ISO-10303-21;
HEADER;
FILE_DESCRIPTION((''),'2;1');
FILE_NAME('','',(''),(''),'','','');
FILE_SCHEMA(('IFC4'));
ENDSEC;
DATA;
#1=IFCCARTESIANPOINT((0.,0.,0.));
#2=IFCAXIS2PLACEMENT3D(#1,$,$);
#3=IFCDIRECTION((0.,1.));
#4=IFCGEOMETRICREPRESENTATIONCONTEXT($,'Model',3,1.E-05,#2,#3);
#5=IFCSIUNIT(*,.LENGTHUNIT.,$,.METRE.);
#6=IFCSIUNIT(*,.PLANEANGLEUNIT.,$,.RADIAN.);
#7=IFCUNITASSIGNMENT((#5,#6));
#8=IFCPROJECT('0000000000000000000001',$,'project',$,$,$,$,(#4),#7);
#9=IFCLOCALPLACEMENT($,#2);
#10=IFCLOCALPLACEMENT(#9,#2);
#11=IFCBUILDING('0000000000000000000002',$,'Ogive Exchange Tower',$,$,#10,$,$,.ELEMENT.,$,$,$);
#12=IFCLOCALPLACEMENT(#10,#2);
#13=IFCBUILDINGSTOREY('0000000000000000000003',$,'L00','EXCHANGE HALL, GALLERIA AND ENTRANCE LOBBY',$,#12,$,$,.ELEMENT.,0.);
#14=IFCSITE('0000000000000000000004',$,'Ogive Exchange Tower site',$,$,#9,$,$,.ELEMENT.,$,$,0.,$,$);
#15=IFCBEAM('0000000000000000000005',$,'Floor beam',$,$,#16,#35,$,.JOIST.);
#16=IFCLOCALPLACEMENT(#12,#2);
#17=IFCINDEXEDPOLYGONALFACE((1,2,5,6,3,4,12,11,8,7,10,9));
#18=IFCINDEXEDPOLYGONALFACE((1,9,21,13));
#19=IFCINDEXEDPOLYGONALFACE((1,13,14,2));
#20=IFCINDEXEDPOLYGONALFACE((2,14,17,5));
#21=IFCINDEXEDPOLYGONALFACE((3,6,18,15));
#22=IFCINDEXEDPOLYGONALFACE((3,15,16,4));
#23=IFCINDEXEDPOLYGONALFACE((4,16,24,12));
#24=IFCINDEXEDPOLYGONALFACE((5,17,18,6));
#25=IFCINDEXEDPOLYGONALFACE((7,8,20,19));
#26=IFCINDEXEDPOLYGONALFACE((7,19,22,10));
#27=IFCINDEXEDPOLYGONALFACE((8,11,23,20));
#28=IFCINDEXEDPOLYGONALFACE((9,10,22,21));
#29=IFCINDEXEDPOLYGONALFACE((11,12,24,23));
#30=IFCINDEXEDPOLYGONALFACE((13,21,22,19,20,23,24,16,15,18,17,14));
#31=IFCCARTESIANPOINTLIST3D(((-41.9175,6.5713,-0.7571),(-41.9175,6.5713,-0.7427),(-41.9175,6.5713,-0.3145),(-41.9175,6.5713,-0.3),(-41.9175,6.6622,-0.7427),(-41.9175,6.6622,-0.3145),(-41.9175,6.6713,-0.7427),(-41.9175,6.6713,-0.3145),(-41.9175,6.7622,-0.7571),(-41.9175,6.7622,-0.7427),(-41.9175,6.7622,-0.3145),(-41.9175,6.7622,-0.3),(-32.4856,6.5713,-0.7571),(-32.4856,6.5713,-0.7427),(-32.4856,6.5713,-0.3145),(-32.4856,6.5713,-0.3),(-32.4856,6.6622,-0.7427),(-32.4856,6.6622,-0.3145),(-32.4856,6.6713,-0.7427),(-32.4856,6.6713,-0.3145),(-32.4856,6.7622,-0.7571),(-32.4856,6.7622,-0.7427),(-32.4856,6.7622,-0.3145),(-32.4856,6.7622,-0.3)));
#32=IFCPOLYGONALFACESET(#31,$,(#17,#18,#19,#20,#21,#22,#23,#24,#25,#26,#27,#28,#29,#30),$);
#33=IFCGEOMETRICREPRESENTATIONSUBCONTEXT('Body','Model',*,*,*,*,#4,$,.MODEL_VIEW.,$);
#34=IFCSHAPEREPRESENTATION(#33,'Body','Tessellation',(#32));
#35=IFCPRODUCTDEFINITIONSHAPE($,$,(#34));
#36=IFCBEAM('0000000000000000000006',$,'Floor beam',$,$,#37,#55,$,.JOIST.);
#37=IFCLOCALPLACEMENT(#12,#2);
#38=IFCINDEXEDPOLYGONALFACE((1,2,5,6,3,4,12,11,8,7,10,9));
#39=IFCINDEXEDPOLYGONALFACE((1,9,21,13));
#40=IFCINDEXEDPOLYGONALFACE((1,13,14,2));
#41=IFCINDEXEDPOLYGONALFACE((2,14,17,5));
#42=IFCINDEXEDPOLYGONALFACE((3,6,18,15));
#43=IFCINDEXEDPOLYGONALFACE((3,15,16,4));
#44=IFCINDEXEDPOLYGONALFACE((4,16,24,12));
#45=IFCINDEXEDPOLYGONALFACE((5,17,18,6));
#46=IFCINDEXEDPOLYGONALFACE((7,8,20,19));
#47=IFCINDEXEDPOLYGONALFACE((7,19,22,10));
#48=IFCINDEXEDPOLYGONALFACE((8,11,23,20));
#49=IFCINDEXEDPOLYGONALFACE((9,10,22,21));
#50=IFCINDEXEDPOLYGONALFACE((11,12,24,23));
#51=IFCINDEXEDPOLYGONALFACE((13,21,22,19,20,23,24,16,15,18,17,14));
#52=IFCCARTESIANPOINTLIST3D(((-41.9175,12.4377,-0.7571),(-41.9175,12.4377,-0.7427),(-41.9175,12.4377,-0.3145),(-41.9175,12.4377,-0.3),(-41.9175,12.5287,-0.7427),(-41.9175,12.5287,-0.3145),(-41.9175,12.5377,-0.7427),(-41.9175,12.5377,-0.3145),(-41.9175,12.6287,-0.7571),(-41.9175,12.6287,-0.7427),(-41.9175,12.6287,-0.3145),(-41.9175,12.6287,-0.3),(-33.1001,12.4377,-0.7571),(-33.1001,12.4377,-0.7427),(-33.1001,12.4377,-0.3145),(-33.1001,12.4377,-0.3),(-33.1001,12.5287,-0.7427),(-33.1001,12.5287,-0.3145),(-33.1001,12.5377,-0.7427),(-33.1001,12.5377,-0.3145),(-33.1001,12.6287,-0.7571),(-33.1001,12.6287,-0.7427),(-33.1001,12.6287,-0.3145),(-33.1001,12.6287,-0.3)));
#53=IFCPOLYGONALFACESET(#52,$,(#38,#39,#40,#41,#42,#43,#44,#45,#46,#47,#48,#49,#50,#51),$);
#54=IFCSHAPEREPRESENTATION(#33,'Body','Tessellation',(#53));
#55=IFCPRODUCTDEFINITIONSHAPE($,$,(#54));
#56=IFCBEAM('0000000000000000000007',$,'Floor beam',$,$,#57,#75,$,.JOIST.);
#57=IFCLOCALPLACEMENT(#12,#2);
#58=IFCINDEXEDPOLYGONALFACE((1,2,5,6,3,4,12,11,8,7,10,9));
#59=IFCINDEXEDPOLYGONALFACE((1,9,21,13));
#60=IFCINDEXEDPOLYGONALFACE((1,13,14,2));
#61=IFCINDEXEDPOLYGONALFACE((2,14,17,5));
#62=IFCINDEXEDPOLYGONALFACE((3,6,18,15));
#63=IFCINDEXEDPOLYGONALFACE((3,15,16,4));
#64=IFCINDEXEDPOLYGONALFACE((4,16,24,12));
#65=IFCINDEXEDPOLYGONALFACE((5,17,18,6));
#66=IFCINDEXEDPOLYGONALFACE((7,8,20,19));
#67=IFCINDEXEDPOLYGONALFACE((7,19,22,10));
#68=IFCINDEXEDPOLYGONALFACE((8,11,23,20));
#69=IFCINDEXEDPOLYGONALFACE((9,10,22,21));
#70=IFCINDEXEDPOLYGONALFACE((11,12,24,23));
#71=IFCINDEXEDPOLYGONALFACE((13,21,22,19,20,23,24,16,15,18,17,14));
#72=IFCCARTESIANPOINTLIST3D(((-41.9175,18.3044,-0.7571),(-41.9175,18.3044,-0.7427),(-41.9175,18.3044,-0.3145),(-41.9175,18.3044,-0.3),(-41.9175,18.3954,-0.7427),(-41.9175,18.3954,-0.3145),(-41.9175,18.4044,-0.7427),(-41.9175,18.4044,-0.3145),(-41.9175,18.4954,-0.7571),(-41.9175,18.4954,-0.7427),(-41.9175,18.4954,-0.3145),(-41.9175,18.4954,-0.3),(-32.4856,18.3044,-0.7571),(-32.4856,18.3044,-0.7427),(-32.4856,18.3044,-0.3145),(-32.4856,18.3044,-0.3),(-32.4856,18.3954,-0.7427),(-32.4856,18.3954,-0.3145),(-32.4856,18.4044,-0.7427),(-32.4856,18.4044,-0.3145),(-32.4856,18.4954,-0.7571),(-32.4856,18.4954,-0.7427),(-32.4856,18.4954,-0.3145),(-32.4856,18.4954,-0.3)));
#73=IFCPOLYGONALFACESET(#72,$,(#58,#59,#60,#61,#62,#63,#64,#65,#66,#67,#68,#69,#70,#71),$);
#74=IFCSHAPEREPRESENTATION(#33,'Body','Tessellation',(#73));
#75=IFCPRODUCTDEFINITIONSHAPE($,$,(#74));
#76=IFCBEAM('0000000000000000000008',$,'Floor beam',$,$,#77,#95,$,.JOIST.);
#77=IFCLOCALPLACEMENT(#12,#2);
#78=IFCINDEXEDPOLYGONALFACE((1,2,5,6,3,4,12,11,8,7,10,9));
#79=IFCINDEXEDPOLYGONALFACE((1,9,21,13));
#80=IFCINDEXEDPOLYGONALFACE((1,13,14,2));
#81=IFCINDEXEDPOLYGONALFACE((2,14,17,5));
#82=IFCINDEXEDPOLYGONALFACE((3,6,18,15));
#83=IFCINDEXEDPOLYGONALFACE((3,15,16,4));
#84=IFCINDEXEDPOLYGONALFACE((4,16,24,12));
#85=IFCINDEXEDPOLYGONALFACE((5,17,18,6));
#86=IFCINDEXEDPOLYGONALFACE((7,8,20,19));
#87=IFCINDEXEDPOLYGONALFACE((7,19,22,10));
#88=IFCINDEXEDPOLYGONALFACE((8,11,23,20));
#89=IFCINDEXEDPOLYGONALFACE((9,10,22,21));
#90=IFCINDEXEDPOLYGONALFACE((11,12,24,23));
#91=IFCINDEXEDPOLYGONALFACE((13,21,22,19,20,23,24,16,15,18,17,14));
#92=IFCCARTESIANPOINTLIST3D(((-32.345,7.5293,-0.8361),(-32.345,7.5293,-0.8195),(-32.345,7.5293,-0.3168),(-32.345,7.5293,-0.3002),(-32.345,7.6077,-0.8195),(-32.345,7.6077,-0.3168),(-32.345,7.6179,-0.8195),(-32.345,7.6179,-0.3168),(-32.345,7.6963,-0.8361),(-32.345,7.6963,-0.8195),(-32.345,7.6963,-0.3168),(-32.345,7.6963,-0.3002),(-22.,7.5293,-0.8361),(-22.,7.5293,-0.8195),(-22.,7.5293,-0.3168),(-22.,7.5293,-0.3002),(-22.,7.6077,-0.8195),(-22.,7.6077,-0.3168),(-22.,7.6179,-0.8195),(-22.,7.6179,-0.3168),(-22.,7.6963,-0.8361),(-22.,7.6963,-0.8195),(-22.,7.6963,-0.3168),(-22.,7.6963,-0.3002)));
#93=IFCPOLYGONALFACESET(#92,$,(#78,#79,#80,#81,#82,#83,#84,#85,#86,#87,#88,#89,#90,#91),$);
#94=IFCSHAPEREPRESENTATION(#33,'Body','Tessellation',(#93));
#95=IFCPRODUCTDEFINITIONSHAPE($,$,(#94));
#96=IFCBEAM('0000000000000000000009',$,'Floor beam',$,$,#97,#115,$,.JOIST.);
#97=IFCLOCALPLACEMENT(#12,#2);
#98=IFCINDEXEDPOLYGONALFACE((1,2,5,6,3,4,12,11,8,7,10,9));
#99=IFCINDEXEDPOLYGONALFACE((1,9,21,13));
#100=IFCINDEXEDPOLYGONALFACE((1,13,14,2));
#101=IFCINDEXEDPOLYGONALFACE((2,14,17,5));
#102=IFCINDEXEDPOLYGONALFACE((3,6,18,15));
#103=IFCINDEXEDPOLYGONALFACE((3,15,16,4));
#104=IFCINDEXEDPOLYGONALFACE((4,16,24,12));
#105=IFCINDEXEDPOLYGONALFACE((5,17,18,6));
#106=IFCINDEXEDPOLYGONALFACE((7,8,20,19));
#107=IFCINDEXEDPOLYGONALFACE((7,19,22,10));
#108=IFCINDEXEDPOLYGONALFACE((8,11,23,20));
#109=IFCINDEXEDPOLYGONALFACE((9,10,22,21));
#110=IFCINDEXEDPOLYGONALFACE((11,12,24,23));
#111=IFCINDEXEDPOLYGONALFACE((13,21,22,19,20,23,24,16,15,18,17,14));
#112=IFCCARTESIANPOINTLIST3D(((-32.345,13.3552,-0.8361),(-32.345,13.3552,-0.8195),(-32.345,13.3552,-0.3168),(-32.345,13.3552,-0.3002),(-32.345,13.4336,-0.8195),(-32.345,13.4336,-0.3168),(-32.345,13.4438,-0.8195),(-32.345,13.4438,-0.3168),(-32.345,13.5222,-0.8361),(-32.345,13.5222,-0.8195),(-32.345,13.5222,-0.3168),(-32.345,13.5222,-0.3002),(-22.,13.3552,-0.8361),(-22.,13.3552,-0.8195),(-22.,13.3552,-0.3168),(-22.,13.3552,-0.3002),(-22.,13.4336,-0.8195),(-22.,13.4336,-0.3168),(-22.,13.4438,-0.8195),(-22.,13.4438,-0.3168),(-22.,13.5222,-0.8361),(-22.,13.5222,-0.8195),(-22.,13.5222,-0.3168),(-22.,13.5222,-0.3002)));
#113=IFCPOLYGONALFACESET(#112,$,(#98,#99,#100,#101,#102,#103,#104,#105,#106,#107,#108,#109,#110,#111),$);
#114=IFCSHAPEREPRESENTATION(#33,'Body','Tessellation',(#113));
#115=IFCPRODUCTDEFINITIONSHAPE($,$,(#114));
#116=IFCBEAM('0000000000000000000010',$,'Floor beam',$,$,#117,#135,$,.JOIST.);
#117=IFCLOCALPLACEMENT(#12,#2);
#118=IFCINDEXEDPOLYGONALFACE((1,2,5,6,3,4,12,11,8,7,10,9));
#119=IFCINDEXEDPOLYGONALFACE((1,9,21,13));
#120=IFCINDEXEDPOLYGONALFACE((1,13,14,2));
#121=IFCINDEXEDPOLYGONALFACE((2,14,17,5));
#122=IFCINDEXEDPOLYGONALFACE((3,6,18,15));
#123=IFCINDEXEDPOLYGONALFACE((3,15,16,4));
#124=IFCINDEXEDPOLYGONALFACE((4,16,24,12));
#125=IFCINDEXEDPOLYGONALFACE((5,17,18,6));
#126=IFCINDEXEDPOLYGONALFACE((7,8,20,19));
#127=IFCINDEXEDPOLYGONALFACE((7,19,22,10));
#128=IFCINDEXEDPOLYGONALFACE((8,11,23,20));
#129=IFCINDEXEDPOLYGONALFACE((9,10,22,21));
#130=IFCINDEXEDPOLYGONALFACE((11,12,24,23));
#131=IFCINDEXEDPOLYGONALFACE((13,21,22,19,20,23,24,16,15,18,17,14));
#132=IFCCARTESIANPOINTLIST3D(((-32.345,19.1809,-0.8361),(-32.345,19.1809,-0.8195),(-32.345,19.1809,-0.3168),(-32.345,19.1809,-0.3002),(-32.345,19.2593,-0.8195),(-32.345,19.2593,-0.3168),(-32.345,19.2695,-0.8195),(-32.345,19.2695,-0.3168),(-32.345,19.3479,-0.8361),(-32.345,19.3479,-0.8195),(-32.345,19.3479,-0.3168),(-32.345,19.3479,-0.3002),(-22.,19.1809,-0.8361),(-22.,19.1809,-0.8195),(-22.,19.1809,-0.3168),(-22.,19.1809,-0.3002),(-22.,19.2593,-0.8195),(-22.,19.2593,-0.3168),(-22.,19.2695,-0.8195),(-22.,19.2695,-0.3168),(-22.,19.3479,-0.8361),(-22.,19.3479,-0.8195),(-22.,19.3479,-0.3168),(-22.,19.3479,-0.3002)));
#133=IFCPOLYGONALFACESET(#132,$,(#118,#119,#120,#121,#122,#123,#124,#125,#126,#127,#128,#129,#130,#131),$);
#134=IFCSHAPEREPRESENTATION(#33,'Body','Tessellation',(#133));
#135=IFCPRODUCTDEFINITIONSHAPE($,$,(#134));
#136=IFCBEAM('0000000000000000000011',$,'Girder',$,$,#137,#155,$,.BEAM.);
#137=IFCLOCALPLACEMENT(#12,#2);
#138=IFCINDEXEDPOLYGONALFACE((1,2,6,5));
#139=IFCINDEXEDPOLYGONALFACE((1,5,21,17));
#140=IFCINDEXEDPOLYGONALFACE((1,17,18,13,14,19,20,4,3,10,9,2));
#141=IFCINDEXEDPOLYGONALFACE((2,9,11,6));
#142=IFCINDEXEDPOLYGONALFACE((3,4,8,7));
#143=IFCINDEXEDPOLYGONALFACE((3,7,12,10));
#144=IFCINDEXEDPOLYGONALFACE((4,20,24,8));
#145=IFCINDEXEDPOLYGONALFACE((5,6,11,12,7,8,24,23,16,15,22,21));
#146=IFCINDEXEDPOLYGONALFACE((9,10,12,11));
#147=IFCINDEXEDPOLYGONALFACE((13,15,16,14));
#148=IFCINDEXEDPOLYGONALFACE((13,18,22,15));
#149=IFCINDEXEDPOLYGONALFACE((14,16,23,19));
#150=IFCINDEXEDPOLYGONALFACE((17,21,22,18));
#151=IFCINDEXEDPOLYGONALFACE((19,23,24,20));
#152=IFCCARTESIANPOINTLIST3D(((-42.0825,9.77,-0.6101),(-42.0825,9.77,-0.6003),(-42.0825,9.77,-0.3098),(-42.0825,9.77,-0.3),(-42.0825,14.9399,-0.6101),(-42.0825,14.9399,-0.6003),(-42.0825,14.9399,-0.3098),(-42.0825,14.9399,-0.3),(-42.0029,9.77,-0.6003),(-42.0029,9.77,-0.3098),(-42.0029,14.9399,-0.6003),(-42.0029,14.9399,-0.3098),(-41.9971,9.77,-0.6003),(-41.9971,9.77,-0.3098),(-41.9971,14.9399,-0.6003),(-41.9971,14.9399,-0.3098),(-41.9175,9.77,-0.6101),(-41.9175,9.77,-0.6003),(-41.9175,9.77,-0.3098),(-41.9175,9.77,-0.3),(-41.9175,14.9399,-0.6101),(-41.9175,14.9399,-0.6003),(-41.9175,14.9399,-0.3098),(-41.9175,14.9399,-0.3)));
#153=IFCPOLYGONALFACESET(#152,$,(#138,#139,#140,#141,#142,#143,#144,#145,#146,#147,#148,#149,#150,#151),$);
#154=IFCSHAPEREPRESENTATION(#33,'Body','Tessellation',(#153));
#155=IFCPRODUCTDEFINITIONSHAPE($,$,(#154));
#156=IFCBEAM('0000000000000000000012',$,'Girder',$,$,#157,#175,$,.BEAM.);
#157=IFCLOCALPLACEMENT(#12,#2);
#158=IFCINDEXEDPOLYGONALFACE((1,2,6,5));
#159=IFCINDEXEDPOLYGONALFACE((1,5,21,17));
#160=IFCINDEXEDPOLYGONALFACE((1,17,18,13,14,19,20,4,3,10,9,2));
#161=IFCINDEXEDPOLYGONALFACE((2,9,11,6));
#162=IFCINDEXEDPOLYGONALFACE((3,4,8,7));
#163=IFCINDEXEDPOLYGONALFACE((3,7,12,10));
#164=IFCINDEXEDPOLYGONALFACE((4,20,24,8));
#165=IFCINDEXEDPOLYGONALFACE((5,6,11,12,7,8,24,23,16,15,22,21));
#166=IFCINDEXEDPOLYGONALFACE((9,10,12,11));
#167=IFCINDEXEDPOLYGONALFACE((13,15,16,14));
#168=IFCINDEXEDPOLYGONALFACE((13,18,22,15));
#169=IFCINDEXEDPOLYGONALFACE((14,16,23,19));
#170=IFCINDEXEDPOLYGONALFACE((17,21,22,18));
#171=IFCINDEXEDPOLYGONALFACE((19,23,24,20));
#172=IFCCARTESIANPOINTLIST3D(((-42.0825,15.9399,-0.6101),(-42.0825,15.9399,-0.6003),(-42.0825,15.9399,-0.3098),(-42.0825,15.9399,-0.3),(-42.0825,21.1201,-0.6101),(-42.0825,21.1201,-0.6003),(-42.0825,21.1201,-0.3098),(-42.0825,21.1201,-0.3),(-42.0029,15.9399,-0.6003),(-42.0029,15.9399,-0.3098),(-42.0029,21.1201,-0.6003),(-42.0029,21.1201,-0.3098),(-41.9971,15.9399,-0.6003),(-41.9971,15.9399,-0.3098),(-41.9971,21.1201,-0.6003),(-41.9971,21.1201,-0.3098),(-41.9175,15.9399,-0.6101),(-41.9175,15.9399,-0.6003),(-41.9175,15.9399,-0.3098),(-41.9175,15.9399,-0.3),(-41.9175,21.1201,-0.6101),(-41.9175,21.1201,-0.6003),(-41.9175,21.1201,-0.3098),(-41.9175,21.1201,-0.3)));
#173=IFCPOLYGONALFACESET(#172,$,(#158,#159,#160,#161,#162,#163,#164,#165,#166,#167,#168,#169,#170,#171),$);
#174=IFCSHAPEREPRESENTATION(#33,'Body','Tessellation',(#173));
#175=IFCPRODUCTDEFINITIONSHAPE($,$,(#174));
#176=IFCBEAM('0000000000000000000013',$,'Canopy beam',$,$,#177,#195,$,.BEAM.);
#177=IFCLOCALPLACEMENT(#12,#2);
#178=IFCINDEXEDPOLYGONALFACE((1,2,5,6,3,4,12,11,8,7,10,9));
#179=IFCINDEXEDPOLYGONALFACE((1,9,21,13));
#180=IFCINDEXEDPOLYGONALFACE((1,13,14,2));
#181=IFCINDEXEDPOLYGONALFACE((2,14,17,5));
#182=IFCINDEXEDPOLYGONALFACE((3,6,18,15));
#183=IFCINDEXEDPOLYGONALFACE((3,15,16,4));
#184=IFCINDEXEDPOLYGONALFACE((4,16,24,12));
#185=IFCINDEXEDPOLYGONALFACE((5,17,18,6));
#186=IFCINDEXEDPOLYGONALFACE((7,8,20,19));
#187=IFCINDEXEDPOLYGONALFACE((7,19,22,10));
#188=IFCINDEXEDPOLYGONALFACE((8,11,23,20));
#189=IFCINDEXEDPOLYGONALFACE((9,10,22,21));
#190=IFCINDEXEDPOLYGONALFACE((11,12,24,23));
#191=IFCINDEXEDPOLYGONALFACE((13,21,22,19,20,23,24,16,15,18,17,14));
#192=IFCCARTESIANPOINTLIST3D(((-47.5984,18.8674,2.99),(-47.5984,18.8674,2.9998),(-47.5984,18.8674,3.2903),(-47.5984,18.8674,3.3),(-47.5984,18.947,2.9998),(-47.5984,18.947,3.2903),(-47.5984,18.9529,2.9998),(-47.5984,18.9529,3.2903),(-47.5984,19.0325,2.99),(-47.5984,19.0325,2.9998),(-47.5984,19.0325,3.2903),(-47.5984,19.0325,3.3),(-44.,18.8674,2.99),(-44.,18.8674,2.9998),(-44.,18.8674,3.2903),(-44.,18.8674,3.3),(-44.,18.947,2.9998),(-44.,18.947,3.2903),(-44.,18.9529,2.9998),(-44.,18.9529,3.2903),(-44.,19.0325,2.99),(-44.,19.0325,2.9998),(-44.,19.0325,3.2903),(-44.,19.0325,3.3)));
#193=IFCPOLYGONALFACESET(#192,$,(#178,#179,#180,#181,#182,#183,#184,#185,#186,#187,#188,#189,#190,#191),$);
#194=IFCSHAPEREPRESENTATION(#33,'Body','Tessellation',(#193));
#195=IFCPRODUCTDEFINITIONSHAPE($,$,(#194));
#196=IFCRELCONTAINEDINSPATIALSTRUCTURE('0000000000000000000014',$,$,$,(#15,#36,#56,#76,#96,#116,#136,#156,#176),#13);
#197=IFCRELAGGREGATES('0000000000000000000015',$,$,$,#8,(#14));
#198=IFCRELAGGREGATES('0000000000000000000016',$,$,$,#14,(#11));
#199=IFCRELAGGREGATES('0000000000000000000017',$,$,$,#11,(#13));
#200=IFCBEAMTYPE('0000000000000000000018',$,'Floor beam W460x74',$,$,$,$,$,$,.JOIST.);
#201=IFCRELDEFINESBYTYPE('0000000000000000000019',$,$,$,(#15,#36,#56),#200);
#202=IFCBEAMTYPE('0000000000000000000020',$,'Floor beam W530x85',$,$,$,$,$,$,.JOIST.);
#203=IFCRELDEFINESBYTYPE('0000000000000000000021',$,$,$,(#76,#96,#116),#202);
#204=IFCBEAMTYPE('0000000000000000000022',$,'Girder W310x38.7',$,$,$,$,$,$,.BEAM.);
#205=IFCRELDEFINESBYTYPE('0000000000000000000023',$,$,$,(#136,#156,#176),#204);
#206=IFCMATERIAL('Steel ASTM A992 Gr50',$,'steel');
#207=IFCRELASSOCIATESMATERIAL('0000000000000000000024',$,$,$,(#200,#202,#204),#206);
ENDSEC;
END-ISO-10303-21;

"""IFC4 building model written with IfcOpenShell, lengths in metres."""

from ifc_helpers import new_model, si_unit, direction, frame, origin, origin_2d, place, context, subcontext, project, spatial, i_section, extrude, material, material_profile, profile_set, type_object, element, save


model = new_model("IFC4")

# Units and contexts
model_context = context("Model", 3, precision=1e-05, world=origin(), true_north=direction((0.0, 1.0)))
body_context = subcontext(model_context, "Body", "Model", "MODEL_VIEW")
ifc_project = project(units=[si_unit("LENGTHUNIT", "METRE"), si_unit("PLANEANGLEUNIT", "RADIAN")], contexts=[model_context])

# Site, building, storey
site_placement = place(None, origin())
site = spatial("IfcSite", under=ifc_project, at=site_placement, Name="Ogive Exchange Tower site", CompositionType="ELEMENT", RefElevation=0.0)
building_placement = place(site_placement, origin())
building = spatial("IfcBuilding", under=site, at=building_placement, Name="Ogive Exchange Tower", CompositionType="ELEMENT")
storey_placement = place(building_placement, origin())
storey = spatial("IfcBuildingStorey", under=building, at=storey_placement, Name="L00", Description="EXCHANGE HALL, GALLERIA AND ENTRANCE LOBBY", CompositionType="ELEMENT", Elevation=0.0)

# Beams
ifc_material_1 = material(Name="Steel ASTM A992 Gr50", Category="steel")
ifc_material_profile_1 = material_profile(ifc_material_1, i_section(OverallWidth=0.1909, OverallDepth=0.457, WebThickness=0.009, FlangeThickness=0.0144, at=origin_2d()), Name="W460x74")
ifc_profile_set_1 = profile_set([ifc_material_profile_1], Name="Steel ASTM A992 Gr50")
beam_type_1 = type_object("IfcBeamType", Name="Floor beam W460x74", PredefinedType="JOIST", material=ifc_profile_set_1)
beam_1_placement = place(storey_placement, frame((-41.9175, 6.6667, -0.5286), z_axis=(1.0, 0.0, 0.0), x_axis=(0.0, 1.0, 0.0)))
element("IfcBeam", 1, at=beam_1_placement, inside=storey, type_object=beam_type_1, Name="Floor beam", PredefinedType="JOIST", context=body_context, shape_type="SweptSolid", body=[
    extrude(i_section(OverallWidth=0.1909, OverallDepth=0.457, WebThickness=0.009, FlangeThickness=0.0144, at=origin_2d()), origin(), (0.0, 0.0, 1.0), 9.4319),
])
beam_2_placement = place(storey_placement, frame((-41.9175, 12.5332, -0.5286), z_axis=(1.0, 0.0, 0.0), x_axis=(0.0, 1.0, 0.0)))
element("IfcBeam", 2, at=beam_2_placement, inside=storey, type_object=beam_type_1, Name="Floor beam", PredefinedType="JOIST", context=body_context, shape_type="SweptSolid", body=[
    extrude(i_section(OverallWidth=0.1909, OverallDepth=0.457, WebThickness=0.009, FlangeThickness=0.0144, at=origin_2d()), origin(), (0.0, 0.0, 1.0), 8.8174),
])
beam_3_placement = place(storey_placement, frame((-41.9175, 18.3999, -0.5286), z_axis=(1.0, 0.0, 0.0), x_axis=(0.0, 1.0, 0.0)))
element("IfcBeam", 3, at=beam_3_placement, inside=storey, type_object=beam_type_1, Name="Floor beam", PredefinedType="JOIST", context=body_context, shape_type="SweptSolid", body=[
    extrude(i_section(OverallWidth=0.1909, OverallDepth=0.457, WebThickness=0.009, FlangeThickness=0.0144, at=origin_2d()), origin(), (0.0, 0.0, 1.0), 9.4319),
])
ifc_material_profile_2 = material_profile(ifc_material_1, i_section(OverallWidth=0.167, OverallDepth=0.5359, WebThickness=0.0103, FlangeThickness=0.0166, at=origin_2d()), Name="W530x85")
ifc_profile_set_2 = profile_set([ifc_material_profile_2], Name="Steel ASTM A992 Gr50")
beam_type_2 = type_object("IfcBeamType", Name="Floor beam W530x85", PredefinedType="JOIST", material=ifc_profile_set_2)
for number, where, z_axis, x_axis, name in (
    (4, (-32.345, 7.6128, -0.5681), (1.0, 0.0, 0.0), (0.0, 1.0, 0.0), "Floor beam"),
    (5, (-32.345, 13.4387, -0.5681), (1.0, 0.0, 0.0), (0.0, 1.0, 0.0), "Floor beam"),
    (6, (-32.345, 19.2644, -0.5681), (1.0, 0.0, 0.0), (0.0, 1.0, 0.0), "Floor beam"),
):
    element("IfcBeam", number, at=place(storey_placement, frame(where, z_axis=z_axis, x_axis=x_axis)), inside=storey, type_object=beam_type_2, Name=name, PredefinedType="JOIST", context=body_context, shape_type="SweptSolid", body=[
        extrude(i_section(OverallWidth=0.167, OverallDepth=0.5359, WebThickness=0.0103, FlangeThickness=0.0166, at=origin_2d()), origin(), (0.0, 0.0, 1.0), 10.345),
    ])
ifc_material_profile_3 = material_profile(ifc_material_1, i_section(OverallWidth=0.165, OverallDepth=0.3101, WebThickness=0.0059, FlangeThickness=0.0098, at=origin_2d()), Name="W310x38.7")
ifc_profile_set_3 = profile_set([ifc_material_profile_3], Name="Steel ASTM A992 Gr50")
beam_type_3 = type_object("IfcBeamType", Name="Girder W310x38.7", PredefinedType="BEAM", material=ifc_profile_set_3)
beam_4_placement = place(storey_placement, frame((-42.0, 9.77, -0.4551), z_axis=(0.0, 1.0, 0.0), x_axis=(-1.0, 0.0, 0.0)))
element("IfcBeam", 7, at=beam_4_placement, inside=storey, type_object=beam_type_3, Name="Girder", PredefinedType="BEAM", context=body_context, shape_type="SweptSolid", body=[
    extrude(i_section(OverallWidth=0.165, OverallDepth=0.3101, WebThickness=0.0059, FlangeThickness=0.0098, at=origin_2d()), origin(), (0.0, 0.0, 1.0), 5.1699),
])
beam_5_placement = place(storey_placement, frame((-42.0, 15.9399, -0.4551), z_axis=(0.0, 1.0, 0.0), x_axis=(-1.0, 0.0, 0.0)))
element("IfcBeam", 8, at=beam_5_placement, inside=storey, type_object=beam_type_3, Name="Girder", PredefinedType="BEAM", context=body_context, shape_type="SweptSolid", body=[
    extrude(i_section(OverallWidth=0.165, OverallDepth=0.3101, WebThickness=0.0059, FlangeThickness=0.0098, at=origin_2d()), origin(), (0.0, 0.0, 1.0), 5.1802),
])
beam_6_placement = place(storey_placement, frame((-44.0, 18.95, 3.145), z_axis=(-1.0, 0.0, 0.0), x_axis=(0.0, -1.0, 0.0)))
element("IfcBeam", 9, at=beam_6_placement, inside=storey, type_object=beam_type_3, Name="Canopy beam", PredefinedType="BEAM", context=body_context, shape_type="SweptSolid", body=[
    extrude(i_section(OverallWidth=0.165, OverallDepth=0.3101, WebThickness=0.0059, FlangeThickness=0.0098, at=origin_2d()), origin(), (0.0, 0.0, 1.0), 3.5984),
])

save(model, "model.ifc")
